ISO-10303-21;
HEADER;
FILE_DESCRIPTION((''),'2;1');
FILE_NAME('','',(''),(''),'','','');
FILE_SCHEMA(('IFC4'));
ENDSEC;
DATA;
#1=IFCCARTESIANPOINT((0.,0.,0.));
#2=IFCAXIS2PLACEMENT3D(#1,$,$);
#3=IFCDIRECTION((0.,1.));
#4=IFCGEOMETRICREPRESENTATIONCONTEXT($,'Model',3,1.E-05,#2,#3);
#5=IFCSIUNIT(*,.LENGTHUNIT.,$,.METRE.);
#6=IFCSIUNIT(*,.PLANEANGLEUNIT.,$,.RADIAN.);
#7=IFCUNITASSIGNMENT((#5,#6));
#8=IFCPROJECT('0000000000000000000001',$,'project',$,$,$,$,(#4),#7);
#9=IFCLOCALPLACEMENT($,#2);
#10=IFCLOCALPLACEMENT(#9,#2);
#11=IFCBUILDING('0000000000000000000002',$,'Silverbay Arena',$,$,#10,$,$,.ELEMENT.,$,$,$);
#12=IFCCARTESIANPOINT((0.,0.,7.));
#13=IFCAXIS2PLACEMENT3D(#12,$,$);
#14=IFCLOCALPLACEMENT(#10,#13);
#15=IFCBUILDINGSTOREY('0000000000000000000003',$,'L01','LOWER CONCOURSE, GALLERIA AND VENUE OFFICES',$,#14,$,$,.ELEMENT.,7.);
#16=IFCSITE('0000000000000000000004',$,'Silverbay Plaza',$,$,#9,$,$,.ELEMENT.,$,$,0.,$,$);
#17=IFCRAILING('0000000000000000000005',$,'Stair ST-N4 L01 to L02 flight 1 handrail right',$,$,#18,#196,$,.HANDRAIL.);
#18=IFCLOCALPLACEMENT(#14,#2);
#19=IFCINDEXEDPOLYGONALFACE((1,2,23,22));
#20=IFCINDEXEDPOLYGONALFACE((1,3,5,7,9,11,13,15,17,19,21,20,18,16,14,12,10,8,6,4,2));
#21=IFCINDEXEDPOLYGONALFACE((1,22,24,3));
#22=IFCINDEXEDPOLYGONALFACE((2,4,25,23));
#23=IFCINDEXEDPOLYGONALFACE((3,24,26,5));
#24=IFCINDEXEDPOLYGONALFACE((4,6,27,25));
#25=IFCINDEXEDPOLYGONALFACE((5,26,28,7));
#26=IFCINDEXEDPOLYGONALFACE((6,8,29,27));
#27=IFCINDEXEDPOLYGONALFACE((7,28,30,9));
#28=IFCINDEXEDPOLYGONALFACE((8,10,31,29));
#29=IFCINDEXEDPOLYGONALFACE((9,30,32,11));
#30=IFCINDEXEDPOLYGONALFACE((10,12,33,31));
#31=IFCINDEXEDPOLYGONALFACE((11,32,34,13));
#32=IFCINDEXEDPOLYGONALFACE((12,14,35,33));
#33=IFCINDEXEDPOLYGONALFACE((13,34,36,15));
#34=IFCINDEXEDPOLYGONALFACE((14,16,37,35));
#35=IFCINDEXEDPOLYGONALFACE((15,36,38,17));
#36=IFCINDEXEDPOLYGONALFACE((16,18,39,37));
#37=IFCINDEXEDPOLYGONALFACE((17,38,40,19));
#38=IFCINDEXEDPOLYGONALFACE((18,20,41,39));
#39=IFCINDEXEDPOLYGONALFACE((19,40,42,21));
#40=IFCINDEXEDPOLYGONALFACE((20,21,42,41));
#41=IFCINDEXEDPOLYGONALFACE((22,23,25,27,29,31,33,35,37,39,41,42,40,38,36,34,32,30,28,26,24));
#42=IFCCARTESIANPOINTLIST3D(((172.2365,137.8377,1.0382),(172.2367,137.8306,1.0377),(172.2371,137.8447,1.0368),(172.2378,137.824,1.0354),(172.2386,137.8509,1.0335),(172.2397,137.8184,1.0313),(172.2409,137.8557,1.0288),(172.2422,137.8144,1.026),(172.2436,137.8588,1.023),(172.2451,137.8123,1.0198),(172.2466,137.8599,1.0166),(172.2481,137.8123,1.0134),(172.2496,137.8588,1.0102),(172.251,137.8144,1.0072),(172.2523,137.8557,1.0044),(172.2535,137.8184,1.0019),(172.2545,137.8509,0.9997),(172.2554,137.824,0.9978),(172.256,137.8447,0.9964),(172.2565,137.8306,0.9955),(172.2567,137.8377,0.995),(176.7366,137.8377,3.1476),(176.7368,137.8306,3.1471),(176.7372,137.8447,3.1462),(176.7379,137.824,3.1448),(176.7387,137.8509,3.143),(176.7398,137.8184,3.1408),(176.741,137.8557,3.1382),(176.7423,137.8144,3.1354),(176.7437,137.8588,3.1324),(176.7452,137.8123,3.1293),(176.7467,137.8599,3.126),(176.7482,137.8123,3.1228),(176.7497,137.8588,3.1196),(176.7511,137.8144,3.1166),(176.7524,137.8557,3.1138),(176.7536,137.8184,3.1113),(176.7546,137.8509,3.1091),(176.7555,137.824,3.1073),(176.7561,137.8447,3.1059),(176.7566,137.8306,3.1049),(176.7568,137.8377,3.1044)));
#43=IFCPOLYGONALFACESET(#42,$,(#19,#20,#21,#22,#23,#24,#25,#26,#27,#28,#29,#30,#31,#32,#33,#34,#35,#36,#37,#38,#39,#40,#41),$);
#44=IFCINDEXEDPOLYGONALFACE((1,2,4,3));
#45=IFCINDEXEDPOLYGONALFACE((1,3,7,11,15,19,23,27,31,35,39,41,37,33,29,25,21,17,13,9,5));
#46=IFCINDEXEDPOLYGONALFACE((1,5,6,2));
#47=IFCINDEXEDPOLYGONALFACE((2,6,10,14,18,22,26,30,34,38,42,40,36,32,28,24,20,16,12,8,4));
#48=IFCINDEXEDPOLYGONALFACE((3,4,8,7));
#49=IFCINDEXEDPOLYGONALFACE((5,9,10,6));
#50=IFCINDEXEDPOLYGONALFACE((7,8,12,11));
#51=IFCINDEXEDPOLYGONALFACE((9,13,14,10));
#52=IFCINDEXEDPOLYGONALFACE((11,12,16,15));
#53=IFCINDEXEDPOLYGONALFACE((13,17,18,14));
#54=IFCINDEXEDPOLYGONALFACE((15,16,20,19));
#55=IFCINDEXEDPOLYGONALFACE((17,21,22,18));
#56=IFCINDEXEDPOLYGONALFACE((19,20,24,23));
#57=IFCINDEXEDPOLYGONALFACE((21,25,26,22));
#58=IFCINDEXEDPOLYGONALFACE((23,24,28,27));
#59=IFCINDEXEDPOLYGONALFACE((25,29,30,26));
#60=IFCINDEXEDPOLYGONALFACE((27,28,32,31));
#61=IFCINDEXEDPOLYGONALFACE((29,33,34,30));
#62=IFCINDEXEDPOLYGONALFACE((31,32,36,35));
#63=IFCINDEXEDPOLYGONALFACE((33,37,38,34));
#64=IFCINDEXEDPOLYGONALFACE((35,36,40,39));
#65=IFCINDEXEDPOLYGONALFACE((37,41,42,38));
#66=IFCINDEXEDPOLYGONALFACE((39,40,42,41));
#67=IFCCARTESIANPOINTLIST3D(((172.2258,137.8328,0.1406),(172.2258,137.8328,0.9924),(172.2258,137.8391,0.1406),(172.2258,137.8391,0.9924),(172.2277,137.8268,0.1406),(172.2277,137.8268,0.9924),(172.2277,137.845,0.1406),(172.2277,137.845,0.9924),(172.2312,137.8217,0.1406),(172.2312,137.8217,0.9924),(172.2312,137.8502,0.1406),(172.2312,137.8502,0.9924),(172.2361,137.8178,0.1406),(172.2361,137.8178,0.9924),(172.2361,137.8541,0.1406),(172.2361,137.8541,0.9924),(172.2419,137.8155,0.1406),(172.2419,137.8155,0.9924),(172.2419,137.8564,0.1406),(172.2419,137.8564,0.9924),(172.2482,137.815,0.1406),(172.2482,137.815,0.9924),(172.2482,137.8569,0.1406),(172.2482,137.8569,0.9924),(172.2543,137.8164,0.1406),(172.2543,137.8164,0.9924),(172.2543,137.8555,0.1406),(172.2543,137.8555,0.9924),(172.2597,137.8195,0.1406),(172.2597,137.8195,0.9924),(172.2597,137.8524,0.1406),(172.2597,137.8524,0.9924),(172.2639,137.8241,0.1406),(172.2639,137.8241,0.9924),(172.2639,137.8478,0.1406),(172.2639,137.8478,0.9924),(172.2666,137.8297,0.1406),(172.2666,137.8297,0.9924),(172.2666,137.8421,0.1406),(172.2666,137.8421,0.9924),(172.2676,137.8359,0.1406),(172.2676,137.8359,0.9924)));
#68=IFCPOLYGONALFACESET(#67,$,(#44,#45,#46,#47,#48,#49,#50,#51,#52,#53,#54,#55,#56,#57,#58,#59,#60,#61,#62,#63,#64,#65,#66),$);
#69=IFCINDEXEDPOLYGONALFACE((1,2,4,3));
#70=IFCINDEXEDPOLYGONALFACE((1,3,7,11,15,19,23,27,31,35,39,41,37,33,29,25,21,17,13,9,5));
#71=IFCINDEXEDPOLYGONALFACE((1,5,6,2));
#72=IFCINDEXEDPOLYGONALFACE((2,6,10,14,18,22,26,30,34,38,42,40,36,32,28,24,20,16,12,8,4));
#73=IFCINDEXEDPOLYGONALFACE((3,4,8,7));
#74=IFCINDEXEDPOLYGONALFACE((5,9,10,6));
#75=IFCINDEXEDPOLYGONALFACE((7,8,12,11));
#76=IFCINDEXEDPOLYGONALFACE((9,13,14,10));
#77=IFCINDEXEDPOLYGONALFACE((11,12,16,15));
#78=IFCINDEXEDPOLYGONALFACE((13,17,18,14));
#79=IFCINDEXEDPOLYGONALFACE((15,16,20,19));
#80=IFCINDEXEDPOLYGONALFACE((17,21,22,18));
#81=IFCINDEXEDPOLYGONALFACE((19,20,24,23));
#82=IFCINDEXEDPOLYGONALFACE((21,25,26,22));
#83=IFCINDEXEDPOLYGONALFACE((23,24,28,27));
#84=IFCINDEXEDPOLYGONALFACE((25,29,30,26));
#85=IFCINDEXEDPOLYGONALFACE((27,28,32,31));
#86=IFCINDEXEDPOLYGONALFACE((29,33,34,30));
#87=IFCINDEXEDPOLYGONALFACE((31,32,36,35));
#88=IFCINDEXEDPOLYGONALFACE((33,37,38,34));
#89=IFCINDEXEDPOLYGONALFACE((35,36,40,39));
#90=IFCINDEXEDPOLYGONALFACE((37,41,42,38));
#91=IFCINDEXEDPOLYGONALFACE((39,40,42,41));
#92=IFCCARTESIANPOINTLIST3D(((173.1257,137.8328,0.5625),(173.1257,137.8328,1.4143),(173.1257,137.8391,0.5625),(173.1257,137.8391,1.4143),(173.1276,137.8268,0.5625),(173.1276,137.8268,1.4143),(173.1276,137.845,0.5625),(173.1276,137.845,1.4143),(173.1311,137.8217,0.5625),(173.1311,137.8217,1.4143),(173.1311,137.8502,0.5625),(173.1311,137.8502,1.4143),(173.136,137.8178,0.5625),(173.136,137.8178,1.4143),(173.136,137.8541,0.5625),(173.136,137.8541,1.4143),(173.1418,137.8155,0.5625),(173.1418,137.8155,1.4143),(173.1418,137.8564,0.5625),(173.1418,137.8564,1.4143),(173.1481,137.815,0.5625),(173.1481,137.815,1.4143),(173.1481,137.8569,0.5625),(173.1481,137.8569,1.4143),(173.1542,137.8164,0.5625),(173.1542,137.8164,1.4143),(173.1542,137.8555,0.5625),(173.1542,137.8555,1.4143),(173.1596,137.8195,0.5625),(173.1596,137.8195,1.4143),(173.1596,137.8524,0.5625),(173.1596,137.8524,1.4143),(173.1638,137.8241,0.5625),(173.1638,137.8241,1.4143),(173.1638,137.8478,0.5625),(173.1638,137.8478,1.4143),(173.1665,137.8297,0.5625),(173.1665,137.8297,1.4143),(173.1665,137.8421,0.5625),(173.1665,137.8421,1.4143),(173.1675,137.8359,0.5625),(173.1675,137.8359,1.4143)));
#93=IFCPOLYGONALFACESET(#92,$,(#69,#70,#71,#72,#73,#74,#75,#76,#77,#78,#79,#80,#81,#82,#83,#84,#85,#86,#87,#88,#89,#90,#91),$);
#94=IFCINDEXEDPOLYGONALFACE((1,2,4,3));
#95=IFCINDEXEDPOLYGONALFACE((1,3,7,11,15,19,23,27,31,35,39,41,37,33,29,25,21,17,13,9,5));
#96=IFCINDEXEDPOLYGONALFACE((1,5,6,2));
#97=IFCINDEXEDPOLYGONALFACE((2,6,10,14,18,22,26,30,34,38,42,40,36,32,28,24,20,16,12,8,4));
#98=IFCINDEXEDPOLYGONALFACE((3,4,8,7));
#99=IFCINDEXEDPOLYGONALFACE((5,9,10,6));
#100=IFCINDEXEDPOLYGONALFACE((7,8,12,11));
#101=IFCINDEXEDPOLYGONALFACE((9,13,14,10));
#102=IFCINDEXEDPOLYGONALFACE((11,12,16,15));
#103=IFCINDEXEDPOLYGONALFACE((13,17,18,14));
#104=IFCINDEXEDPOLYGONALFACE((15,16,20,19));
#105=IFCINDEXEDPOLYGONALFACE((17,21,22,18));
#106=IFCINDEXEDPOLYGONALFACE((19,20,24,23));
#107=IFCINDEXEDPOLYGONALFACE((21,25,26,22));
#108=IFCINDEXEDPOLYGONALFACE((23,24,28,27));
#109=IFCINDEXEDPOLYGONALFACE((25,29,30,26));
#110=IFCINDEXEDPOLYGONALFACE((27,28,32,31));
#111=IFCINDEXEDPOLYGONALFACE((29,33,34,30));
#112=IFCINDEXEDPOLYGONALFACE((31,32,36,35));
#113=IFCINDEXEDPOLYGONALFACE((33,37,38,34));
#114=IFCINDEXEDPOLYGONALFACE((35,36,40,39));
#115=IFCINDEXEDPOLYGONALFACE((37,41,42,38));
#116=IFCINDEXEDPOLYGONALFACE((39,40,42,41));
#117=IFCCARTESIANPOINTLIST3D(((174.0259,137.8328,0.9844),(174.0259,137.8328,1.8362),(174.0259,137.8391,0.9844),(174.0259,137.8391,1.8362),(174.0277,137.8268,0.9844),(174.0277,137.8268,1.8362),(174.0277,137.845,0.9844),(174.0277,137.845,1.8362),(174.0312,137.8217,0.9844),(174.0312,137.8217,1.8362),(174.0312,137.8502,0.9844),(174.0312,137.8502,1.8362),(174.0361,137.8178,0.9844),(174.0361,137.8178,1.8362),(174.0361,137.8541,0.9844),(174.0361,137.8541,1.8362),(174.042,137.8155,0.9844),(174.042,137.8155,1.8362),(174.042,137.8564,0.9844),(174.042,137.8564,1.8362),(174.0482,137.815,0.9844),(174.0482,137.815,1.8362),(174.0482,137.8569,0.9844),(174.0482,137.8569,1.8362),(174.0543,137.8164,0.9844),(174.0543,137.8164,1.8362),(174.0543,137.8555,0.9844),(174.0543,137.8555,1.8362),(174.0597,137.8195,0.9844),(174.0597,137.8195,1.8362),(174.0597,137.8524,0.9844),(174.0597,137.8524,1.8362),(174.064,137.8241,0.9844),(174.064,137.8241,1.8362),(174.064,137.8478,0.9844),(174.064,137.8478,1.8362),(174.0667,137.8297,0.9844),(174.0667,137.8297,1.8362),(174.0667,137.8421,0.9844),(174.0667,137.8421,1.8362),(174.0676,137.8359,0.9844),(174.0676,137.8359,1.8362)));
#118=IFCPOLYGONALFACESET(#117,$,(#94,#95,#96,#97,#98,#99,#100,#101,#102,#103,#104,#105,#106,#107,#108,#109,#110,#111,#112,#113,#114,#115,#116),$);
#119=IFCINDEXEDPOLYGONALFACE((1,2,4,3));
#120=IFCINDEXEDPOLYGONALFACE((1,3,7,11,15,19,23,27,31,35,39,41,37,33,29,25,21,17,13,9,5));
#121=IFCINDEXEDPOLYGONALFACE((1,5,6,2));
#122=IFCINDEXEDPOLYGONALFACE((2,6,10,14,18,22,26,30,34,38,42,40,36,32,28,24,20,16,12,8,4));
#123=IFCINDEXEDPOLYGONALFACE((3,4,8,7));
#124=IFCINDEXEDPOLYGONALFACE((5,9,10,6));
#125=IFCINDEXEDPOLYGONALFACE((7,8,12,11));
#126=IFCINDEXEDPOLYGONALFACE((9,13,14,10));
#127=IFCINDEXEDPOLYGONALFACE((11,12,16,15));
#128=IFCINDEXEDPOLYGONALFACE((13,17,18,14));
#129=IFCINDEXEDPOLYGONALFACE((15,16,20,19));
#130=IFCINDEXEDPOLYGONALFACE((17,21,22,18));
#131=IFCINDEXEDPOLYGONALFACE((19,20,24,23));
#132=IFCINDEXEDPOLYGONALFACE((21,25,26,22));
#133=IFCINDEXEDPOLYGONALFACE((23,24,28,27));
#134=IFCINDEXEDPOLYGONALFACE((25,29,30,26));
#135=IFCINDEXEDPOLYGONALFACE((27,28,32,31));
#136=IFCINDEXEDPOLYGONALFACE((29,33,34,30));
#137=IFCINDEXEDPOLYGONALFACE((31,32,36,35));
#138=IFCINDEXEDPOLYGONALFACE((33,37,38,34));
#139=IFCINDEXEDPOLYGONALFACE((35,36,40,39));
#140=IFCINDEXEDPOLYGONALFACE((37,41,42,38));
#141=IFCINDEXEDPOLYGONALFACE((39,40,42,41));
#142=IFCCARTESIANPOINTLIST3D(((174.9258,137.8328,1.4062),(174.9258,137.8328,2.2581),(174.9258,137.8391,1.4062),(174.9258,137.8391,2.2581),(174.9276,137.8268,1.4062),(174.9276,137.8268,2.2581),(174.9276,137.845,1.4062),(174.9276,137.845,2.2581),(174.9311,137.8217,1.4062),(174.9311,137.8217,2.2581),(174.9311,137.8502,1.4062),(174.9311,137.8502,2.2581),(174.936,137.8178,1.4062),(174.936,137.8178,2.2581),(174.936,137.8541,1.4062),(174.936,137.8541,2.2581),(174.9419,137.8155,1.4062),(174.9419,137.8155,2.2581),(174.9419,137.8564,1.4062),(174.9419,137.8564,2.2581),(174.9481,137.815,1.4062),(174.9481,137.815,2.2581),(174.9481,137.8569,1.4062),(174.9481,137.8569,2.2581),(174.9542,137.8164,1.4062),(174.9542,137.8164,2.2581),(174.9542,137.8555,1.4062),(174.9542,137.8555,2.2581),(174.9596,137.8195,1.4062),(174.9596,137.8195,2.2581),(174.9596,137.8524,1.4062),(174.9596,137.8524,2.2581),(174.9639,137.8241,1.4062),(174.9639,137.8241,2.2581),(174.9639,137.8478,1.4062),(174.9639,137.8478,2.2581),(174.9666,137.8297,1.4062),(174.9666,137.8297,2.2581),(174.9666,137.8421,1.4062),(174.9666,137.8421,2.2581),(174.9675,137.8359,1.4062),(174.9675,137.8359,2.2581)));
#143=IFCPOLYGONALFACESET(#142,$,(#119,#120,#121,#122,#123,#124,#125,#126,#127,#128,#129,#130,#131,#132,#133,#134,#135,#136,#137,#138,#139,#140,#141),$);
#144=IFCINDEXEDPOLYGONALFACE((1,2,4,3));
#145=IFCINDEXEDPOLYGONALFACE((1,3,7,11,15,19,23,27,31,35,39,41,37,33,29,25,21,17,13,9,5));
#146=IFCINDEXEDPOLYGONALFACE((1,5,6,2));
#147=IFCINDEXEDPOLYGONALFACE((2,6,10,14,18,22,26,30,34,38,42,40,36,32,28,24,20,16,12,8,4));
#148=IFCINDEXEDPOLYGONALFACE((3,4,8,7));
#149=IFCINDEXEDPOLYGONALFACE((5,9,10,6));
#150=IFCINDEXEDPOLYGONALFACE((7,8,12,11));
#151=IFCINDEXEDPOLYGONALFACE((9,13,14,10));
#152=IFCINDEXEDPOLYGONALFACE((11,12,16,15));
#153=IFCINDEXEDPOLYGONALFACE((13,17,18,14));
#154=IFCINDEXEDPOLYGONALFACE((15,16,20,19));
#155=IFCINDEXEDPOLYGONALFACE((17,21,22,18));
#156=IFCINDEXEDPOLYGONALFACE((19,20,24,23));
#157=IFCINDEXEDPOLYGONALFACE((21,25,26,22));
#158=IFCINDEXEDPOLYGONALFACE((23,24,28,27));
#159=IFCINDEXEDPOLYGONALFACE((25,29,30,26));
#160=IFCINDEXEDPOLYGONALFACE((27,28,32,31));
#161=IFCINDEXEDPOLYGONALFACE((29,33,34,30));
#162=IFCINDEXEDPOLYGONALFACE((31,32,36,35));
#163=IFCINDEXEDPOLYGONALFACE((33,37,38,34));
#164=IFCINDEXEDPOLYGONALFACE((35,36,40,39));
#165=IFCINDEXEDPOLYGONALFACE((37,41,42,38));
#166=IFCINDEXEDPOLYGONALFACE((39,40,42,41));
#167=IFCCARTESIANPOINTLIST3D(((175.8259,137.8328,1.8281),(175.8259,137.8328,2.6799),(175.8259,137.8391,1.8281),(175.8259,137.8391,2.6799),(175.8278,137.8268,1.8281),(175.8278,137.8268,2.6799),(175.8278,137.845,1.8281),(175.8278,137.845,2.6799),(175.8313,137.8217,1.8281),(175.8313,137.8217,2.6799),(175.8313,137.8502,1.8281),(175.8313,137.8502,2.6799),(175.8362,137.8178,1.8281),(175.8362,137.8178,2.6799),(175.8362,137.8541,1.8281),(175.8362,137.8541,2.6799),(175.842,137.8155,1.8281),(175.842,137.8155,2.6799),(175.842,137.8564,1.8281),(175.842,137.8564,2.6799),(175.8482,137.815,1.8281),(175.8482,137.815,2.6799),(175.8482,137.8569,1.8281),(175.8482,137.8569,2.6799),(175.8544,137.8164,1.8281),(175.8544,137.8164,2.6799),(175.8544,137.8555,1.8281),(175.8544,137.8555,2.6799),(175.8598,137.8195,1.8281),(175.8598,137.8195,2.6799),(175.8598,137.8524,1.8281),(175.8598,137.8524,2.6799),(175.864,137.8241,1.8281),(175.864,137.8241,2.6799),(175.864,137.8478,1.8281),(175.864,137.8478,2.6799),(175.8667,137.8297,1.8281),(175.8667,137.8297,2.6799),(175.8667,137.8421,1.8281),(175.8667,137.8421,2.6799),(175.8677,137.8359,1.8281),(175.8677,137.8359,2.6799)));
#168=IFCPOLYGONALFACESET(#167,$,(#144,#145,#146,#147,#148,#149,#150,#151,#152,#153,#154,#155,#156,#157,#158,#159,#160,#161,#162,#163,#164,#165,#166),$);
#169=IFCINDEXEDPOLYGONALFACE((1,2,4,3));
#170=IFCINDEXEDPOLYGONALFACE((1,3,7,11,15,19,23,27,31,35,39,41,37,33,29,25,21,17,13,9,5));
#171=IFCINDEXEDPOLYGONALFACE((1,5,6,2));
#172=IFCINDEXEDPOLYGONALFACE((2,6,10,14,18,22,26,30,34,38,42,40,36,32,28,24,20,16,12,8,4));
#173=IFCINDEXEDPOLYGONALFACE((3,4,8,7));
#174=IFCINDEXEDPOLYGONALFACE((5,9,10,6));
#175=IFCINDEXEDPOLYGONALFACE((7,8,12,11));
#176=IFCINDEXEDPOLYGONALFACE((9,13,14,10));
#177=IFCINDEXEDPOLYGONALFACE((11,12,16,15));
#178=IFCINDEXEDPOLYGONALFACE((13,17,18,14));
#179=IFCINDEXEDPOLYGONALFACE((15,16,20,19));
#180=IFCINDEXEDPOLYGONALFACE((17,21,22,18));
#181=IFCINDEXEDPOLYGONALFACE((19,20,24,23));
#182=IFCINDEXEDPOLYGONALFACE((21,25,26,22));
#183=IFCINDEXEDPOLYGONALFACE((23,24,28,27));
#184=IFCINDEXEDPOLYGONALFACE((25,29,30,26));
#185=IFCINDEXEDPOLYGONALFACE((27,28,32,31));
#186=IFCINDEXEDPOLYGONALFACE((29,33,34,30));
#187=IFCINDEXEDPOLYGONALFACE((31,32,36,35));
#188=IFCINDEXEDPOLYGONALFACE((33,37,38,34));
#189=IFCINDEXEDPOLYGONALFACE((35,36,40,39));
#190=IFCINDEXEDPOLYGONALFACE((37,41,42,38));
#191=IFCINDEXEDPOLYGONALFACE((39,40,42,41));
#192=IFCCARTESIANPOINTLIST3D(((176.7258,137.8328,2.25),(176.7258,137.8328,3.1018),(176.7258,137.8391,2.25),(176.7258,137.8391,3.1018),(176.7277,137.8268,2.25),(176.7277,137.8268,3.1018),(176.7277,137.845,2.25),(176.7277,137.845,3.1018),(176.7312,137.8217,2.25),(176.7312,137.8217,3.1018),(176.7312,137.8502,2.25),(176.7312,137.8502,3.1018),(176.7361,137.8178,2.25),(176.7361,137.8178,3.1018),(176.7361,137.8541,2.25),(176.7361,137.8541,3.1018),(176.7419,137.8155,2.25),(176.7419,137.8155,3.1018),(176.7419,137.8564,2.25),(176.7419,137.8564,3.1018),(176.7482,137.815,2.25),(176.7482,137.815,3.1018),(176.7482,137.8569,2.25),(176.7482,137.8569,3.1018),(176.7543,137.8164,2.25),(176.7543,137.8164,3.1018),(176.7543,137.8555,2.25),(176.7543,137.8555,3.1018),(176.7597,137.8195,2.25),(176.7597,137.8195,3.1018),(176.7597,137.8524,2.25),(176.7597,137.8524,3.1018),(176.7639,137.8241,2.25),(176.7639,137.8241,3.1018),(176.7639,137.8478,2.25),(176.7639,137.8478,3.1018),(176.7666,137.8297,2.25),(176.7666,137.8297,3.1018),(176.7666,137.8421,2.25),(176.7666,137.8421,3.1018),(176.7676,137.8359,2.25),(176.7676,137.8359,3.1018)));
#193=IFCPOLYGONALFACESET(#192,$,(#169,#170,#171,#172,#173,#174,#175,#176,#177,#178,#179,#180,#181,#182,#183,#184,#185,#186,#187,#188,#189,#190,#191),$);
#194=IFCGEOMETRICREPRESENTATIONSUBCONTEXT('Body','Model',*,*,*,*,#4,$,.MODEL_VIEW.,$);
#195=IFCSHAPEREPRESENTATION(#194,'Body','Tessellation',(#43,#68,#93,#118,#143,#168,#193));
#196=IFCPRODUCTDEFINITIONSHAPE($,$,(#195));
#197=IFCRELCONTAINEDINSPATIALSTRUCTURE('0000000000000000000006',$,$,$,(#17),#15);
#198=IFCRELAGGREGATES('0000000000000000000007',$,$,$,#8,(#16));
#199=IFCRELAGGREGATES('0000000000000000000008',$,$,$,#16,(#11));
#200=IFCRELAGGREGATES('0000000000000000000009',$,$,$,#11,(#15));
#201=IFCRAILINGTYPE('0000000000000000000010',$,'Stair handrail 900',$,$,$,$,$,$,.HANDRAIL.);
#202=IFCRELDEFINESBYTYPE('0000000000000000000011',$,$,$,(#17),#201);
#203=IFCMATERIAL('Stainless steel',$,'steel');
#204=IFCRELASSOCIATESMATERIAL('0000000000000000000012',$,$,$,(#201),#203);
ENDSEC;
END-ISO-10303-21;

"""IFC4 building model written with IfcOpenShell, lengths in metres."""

from ifc_helpers import new_model, si_unit, direction, frame, origin, origin_2d, place, context, subcontext, project, spatial, circle, extrude, material, type_object, element, save


model = new_model("IFC4")

# Units and contexts
model_context = context("Model", 3, precision=1e-05, world=origin(), true_north=direction((0.0, 1.0)))
body_context = subcontext(model_context, "Body", "Model", "MODEL_VIEW")
ifc_project = project(units=[si_unit("LENGTHUNIT", "METRE"), si_unit("PLANEANGLEUNIT", "RADIAN")], contexts=[model_context])

# Site, building, storey
site_placement = place(None, origin())
site = spatial("IfcSite", under=ifc_project, at=site_placement, Name="Silverbay Plaza", CompositionType="ELEMENT", RefElevation=0.0)
building_placement = place(site_placement, origin())
building = spatial("IfcBuilding", under=site, at=building_placement, Name="Silverbay Arena", CompositionType="ELEMENT")
storey_placement = place(building_placement, frame((0.0, 0.0, 7.0)))
storey = spatial("IfcBuildingStorey", under=building, at=storey_placement, Name="L01", Description="LOWER CONCOURSE, GALLERIA AND VENUE OFFICES", CompositionType="ELEMENT", Elevation=7.0)

# Railing
ifc_material_1 = material(Name="Stainless steel", Category="steel")
railing_type_1 = type_object("IfcRailingType", Name="Stair handrail 900", PredefinedType="HANDRAIL", material=ifc_material_1)
for number, where, name in (
    (1, (172.2466, 137.8359, 0.1406), "Stair ST-N4 L01 to L02 flight 1 handrail right"),
):
    element("IfcRailing", number, at=place(storey_placement, frame(where)), inside=storey, type_object=railing_type_1, Name=name, PredefinedType="HANDRAIL", context=body_context, shape_type="SweptSolid", body=[
        extrude(circle(Radius=0.0239, at=origin_2d()), frame((0.0, 0.0, 0.876), z_axis=(0.905459, 0.0, 0.424434), x_axis=(0.0, 1.0, 0.0)), (0.0, 0.0, 1.0), 4.97),
        extrude(circle(Radius=0.021, at=origin_2d()), origin(), (0.0, 0.0, 1.0), 0.8518),
        extrude(circle(Radius=0.021, at=origin_2d()), frame((0.8999, 0.0, 0.4219)), (0.0, 0.0, 1.0), 0.8518),
        extrude(circle(Radius=0.021, at=origin_2d()), frame((1.8, 0.0, 0.8438)), (0.0, 0.0, 1.0), 0.8518),
        extrude(circle(Radius=0.021, at=origin_2d()), frame((2.7, 0.0, 1.2656)), (0.0, 0.0, 1.0), 0.8518),
        extrude(circle(Radius=0.021, at=origin_2d()), frame((3.6001, 0.0, 1.6875)), (0.0, 0.0, 1.0), 0.8518),
        extrude(circle(Radius=0.021, at=origin_2d()), frame((4.5, 0.0, 2.1094)), (0.0, 0.0, 1.0), 0.8518),
    ])

save(model, "model.ifc")
